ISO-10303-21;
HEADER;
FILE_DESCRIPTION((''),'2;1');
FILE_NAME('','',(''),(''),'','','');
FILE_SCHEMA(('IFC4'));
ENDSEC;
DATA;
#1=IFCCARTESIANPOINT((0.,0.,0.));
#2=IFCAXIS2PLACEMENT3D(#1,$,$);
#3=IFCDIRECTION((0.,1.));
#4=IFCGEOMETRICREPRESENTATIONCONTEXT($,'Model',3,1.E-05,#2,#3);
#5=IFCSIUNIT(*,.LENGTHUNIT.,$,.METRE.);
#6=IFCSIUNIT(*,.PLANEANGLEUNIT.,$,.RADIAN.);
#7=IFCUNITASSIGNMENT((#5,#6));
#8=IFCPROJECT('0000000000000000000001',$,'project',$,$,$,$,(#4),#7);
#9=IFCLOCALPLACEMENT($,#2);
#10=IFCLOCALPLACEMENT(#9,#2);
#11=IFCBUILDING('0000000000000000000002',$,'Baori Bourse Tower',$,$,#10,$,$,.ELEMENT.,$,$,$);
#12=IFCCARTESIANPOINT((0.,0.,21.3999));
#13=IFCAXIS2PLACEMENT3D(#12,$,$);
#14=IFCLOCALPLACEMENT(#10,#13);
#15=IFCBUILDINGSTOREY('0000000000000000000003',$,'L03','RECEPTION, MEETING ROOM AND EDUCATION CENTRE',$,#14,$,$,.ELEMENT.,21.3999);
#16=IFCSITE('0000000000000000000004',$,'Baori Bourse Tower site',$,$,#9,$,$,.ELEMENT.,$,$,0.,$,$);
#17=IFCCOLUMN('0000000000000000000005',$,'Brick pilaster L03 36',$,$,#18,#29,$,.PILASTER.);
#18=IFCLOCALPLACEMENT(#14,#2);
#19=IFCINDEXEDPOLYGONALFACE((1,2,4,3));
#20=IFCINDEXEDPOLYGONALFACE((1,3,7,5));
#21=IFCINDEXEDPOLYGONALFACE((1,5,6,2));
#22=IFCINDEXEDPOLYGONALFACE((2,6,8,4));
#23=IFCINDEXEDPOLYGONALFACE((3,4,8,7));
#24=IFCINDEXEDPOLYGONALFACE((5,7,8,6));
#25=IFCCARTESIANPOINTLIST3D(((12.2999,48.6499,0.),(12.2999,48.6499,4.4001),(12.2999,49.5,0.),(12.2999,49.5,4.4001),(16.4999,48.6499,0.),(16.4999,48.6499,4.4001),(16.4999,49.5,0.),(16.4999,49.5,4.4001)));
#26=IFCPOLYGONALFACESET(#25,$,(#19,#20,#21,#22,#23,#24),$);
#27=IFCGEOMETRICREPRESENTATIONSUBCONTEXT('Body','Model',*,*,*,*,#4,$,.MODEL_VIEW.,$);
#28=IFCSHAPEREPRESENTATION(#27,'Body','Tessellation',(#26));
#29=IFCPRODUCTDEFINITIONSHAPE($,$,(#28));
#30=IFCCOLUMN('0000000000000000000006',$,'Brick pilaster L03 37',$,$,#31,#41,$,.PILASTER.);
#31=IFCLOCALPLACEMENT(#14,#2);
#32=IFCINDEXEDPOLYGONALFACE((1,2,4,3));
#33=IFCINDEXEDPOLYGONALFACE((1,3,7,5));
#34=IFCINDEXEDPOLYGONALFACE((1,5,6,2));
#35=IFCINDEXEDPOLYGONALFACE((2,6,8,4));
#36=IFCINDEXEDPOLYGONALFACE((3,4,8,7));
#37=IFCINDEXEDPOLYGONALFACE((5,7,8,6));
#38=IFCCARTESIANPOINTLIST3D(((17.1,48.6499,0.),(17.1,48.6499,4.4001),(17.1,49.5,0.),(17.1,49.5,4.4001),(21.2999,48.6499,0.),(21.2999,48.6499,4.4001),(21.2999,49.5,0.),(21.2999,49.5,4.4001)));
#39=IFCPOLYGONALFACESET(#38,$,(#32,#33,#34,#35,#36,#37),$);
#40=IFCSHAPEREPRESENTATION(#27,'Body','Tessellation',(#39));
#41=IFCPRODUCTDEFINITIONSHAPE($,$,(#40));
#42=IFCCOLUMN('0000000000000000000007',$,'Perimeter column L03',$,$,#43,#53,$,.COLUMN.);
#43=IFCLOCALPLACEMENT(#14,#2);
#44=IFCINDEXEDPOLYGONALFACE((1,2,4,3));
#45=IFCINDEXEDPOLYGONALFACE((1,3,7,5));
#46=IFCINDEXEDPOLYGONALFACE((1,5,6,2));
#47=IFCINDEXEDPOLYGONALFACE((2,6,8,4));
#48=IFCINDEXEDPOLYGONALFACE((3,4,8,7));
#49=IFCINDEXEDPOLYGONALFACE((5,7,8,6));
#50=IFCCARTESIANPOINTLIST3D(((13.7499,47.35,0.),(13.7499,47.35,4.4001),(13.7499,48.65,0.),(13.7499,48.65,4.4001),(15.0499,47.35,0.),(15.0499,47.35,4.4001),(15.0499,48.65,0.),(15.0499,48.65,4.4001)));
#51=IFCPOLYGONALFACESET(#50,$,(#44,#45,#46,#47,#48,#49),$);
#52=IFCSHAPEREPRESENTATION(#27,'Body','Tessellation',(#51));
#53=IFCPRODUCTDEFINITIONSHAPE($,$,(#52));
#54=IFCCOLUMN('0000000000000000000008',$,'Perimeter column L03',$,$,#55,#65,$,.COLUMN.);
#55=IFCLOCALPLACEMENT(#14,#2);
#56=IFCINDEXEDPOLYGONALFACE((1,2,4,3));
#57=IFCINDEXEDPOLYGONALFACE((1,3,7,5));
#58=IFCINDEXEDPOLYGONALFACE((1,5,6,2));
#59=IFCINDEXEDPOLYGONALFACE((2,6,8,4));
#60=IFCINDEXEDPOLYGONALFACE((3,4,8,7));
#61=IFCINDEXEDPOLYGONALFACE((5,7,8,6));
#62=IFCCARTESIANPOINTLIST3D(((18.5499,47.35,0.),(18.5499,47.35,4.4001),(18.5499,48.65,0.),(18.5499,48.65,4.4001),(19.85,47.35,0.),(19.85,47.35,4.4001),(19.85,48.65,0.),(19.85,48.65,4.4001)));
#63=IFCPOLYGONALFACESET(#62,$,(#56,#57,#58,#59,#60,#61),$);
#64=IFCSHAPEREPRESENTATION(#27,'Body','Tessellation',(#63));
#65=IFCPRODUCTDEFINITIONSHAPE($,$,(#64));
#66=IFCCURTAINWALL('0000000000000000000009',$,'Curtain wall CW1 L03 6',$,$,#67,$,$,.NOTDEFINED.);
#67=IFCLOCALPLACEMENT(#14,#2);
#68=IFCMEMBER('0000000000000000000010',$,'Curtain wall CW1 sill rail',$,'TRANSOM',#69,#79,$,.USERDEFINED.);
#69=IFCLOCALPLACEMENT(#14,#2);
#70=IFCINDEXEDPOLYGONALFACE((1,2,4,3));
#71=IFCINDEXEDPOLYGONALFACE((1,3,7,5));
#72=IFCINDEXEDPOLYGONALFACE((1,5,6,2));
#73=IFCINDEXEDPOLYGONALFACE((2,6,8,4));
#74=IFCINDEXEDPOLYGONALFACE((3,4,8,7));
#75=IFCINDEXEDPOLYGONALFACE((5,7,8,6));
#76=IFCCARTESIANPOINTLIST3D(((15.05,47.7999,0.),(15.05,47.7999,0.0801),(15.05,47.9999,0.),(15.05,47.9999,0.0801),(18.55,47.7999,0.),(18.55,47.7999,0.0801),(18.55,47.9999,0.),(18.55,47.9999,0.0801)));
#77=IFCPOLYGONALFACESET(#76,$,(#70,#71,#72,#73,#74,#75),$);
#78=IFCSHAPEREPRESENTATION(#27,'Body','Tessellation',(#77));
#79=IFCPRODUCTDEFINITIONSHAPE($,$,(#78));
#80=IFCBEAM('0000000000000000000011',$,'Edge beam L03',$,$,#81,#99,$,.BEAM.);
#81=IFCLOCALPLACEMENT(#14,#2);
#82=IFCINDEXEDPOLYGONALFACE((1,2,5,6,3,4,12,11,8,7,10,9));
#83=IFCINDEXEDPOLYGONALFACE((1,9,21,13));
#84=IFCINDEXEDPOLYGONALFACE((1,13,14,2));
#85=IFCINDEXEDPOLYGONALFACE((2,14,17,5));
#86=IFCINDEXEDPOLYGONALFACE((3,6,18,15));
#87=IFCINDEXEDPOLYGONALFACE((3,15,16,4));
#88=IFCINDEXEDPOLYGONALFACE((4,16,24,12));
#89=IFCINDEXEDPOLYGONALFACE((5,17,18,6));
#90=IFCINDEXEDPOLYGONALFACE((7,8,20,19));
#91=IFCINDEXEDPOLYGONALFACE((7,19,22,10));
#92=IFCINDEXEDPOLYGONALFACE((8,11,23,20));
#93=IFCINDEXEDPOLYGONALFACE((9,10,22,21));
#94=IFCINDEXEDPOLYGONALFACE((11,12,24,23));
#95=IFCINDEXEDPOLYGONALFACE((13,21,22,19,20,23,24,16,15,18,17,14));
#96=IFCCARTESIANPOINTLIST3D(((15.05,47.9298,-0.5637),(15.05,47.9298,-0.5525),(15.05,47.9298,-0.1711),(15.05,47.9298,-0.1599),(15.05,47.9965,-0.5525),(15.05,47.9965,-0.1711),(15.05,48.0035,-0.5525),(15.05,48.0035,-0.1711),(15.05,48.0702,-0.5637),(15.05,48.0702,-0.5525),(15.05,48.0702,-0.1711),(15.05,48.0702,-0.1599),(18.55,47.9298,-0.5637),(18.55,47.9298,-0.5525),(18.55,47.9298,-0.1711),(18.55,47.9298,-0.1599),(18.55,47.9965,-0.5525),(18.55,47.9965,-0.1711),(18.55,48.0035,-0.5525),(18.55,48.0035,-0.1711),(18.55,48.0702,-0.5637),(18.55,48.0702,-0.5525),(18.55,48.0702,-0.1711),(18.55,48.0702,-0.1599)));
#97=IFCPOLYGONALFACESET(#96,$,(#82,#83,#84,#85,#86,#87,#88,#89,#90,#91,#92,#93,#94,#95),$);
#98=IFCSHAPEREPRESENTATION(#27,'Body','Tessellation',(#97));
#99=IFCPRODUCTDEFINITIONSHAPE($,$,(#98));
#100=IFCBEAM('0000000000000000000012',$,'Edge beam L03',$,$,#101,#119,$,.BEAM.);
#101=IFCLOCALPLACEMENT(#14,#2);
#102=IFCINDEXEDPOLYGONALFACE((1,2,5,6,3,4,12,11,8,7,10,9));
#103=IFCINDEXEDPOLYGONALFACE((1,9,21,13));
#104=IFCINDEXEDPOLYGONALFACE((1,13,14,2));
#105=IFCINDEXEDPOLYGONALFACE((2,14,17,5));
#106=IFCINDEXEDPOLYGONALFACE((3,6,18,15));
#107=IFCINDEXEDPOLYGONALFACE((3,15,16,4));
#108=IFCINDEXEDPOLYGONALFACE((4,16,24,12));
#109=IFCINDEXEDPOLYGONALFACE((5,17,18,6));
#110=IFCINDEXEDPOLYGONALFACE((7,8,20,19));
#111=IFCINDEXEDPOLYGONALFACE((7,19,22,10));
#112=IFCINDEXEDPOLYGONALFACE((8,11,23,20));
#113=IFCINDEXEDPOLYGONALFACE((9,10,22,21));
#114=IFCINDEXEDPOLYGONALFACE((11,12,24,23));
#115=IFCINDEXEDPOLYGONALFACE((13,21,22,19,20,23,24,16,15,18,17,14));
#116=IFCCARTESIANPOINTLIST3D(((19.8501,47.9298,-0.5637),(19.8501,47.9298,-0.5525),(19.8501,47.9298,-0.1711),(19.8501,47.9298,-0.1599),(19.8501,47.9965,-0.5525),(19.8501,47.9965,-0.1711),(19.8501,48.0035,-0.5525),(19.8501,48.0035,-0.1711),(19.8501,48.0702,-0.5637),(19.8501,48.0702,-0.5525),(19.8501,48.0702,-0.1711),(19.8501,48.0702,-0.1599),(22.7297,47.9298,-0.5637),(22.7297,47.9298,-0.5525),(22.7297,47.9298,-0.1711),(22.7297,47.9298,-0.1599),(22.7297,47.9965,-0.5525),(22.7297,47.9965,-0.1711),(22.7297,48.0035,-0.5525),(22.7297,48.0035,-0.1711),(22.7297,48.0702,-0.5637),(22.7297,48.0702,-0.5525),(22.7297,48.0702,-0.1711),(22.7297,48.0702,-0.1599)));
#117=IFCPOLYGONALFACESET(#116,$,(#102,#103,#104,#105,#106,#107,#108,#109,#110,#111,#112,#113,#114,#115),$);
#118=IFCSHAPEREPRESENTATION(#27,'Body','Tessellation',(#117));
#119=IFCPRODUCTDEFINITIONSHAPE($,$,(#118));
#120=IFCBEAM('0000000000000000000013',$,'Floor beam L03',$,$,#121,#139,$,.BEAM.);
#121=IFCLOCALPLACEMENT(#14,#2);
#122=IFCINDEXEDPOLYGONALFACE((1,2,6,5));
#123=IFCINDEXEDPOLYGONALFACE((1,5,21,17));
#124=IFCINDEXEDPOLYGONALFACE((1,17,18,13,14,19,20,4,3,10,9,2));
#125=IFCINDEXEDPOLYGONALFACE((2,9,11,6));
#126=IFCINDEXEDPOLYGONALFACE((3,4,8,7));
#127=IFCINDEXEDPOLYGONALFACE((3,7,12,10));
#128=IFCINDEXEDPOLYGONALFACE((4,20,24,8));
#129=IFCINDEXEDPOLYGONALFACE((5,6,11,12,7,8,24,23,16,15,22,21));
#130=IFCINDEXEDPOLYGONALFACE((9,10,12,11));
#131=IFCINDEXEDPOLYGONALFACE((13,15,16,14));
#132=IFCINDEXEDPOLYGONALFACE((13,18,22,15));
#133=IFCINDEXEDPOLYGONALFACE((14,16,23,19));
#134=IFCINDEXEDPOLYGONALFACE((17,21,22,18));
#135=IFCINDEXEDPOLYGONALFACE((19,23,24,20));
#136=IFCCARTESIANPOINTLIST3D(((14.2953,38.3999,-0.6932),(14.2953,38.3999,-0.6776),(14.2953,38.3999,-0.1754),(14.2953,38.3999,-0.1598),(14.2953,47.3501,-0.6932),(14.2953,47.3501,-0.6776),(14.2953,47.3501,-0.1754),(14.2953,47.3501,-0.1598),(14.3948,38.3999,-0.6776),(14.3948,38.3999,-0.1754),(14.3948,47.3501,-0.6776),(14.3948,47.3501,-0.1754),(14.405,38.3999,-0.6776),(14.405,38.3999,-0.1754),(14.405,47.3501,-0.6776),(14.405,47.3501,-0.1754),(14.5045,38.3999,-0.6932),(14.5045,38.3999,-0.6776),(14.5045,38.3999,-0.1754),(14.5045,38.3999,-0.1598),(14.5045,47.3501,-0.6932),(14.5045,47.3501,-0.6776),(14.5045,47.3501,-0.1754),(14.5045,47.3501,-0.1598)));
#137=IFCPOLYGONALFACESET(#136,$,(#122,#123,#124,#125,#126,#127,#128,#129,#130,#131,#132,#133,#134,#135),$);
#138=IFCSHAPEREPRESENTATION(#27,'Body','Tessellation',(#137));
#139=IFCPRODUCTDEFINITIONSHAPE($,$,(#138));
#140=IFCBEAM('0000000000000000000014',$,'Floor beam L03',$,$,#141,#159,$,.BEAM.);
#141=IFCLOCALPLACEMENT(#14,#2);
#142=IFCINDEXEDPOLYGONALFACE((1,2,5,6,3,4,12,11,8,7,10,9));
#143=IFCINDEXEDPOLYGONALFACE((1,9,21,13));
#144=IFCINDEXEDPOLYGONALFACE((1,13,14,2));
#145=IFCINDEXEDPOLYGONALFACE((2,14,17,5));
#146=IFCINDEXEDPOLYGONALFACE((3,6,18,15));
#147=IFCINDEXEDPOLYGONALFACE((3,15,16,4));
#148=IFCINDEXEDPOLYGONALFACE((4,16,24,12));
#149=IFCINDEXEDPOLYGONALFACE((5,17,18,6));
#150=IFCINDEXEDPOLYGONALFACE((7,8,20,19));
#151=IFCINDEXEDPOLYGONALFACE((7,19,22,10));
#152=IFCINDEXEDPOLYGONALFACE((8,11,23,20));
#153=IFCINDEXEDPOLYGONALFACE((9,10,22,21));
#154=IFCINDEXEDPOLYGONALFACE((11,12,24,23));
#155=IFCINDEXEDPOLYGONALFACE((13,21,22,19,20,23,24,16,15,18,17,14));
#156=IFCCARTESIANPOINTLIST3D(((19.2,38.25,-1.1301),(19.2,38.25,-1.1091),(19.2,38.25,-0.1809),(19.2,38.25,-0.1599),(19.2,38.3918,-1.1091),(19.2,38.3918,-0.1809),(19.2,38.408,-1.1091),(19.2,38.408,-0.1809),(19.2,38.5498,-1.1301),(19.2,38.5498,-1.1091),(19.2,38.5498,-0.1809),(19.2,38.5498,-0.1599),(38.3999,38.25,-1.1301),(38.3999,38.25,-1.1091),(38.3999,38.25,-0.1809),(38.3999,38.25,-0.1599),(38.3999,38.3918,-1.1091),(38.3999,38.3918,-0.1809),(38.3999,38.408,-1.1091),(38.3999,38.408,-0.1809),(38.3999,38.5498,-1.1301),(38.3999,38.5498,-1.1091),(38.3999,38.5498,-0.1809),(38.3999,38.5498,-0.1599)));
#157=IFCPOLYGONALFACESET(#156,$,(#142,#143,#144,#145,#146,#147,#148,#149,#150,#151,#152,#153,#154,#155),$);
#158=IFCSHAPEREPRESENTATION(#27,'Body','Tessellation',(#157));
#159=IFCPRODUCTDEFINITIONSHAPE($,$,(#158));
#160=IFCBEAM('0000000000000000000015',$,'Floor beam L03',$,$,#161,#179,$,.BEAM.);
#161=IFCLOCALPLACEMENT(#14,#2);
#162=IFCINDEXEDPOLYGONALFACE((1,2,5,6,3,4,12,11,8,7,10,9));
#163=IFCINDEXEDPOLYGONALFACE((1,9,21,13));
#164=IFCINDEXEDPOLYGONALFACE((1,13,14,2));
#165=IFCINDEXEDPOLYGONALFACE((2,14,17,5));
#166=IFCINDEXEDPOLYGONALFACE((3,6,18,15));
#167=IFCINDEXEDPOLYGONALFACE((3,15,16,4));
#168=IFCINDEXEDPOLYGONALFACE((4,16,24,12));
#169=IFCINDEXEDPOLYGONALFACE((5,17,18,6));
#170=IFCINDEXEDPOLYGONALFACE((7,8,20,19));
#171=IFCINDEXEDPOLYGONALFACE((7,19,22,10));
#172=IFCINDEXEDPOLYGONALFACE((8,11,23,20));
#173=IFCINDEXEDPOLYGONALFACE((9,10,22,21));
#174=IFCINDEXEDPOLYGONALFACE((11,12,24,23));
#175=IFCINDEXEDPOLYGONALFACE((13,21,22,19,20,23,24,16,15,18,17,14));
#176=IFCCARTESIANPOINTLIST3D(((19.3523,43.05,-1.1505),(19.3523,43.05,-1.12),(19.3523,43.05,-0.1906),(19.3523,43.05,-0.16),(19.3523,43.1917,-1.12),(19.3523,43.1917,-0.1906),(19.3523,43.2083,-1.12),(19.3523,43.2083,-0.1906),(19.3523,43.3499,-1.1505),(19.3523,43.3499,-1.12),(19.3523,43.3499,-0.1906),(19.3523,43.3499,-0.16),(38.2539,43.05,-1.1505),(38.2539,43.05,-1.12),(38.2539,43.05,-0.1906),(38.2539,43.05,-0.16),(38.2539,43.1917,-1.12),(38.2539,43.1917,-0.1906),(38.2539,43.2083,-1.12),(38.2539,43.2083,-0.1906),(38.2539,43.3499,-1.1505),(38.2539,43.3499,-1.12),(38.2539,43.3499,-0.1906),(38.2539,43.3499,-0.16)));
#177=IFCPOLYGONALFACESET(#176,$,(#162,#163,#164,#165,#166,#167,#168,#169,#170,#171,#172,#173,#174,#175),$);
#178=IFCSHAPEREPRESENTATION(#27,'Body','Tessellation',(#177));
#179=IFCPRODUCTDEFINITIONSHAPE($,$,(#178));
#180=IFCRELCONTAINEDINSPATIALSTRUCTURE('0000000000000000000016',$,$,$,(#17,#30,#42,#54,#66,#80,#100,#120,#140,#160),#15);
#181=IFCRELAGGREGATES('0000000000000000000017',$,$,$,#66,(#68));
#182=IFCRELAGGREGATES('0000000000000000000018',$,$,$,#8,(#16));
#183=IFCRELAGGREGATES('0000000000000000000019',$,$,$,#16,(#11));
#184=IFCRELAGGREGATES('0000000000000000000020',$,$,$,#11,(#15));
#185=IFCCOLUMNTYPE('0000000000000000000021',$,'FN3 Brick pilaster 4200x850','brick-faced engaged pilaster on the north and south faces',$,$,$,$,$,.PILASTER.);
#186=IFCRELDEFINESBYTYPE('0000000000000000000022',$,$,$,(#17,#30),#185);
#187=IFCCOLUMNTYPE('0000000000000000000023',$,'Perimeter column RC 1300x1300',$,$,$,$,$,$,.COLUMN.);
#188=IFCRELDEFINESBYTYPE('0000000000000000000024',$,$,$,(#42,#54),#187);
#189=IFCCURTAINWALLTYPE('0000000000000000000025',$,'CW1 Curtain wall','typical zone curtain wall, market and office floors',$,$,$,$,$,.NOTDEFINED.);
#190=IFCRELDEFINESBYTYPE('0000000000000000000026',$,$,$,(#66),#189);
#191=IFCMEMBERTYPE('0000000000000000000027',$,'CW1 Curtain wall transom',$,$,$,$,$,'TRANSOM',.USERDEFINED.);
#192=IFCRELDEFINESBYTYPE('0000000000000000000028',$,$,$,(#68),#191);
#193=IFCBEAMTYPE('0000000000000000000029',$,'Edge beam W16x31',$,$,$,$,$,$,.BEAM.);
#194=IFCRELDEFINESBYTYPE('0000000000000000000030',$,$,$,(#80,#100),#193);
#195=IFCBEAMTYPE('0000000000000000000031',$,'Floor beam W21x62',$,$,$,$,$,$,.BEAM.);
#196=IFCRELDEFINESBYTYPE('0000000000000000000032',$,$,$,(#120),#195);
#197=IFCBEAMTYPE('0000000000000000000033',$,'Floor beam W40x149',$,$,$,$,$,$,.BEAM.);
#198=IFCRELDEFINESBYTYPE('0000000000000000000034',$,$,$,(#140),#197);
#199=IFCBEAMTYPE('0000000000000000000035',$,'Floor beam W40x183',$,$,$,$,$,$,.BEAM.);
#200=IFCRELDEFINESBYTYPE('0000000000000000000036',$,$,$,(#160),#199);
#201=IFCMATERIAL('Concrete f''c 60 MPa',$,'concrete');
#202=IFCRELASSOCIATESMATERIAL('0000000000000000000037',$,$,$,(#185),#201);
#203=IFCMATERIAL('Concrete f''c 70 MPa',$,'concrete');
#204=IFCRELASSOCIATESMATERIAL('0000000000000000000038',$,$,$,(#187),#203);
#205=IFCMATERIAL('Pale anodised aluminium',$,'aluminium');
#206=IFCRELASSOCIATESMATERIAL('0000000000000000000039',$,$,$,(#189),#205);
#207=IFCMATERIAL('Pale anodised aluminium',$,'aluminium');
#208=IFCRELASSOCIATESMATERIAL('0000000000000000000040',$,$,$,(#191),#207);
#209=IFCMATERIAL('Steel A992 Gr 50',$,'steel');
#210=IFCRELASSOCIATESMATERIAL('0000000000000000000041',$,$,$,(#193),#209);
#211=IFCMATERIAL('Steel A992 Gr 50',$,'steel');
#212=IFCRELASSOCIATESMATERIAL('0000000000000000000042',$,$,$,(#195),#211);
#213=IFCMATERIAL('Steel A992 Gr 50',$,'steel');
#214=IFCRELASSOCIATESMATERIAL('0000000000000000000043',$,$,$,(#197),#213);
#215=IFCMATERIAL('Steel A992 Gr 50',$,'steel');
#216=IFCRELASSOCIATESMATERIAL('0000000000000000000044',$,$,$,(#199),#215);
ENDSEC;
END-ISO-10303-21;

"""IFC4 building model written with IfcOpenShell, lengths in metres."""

from ifc_helpers import new_model, si_unit, direction, frame, origin, origin_2d, place, context, subcontext, project, spatial, rectangle, i_section, extrude, material, material_profile, profile_set, type_object, element, aggregate, save


model = new_model("IFC4")

# Units and contexts
model_context = context("Model", 3, precision=1e-05, world=origin(), true_north=direction((0.0, 1.0)))
body_context = subcontext(model_context, "Body", "Model", "MODEL_VIEW")
ifc_project = project(units=[si_unit("LENGTHUNIT", "METRE"), si_unit("PLANEANGLEUNIT", "RADIAN")], contexts=[model_context])

# Site, building, storey
site_placement = place(None, origin())
site = spatial("IfcSite", under=ifc_project, at=site_placement, Name="Baori Bourse Tower site", CompositionType="ELEMENT", RefElevation=0.0)
building_placement = place(site_placement, origin())
building = spatial("IfcBuilding", under=site, at=building_placement, Name="Baori Bourse Tower", CompositionType="ELEMENT")
storey_placement = place(building_placement, frame((0.0, 0.0, 21.3999)))
storey = spatial("IfcBuildingStorey", under=building, at=storey_placement, Name="L03", Description="RECEPTION, MEETING ROOM AND EDUCATION CENTRE", CompositionType="ELEMENT", Elevation=21.3999)

# Columns
ifc_material_1 = material(Name="Concrete f'c 60 MPa", Category="concrete")
ifc_material_profile_1 = material_profile(ifc_material_1, rectangle(XDim=4.2, YDim=0.8501, at=origin_2d()), Name="RC 4200x850")
ifc_profile_set_1 = profile_set([ifc_material_profile_1], Name="Concrete f'c 60 MPa")
column_type_1 = type_object("IfcColumnType", Name="FN3 Brick pilaster 4200x850", Description="brick-faced engaged pilaster on the north and south faces", PredefinedType="PILASTER", material=ifc_profile_set_1)
for number, where, z_axis, x_axis, name in (
    (1, (14.3999, 49.075, 0.0), (0.0, 0.0, 1.0), (1.0, 0.0, 0.0), "Brick pilaster L03 36"),
    (2, (19.2, 49.075, 0.0), (0.0, 0.0, 1.0), (1.0, 0.0, 0.0), "Brick pilaster L03 37"),
):
    element("IfcColumn", number, at=place(storey_placement, frame(where, z_axis=z_axis, x_axis=x_axis)), inside=storey, type_object=column_type_1, Name=name, PredefinedType="PILASTER", context=body_context, shape_type="SweptSolid", body=[
        extrude(rectangle(XDim=4.2, YDim=0.8501, at=origin_2d()), origin(), (0.0, 0.0, 1.0), 4.4001),
    ])
ifc_material_2 = material(Name="Concrete f'c 70 MPa", Category="concrete")
ifc_material_profile_2 = material_profile(ifc_material_2, rectangle(XDim=1.3, YDim=1.3, at=origin_2d()), Name="RC 1300x1300")
ifc_profile_set_2 = profile_set([ifc_material_profile_2], Name="Concrete f'c 70 MPa")
column_type_2 = type_object("IfcColumnType", Name="Perimeter column RC 1300x1300", PredefinedType="COLUMN", material=ifc_profile_set_2)
for number, where, z_axis, x_axis, name in (
    (3, (14.3999, 48.0, 0.0), (0.0, 0.0, 1.0), (1.0, 0.0, 0.0), "Perimeter column L03"),
    (4, (19.2, 48.0, 0.0), (0.0, 0.0, 1.0), (1.0, 0.0, 0.0), "Perimeter column L03"),
):
    element("IfcColumn", number, at=place(storey_placement, frame(where, z_axis=z_axis, x_axis=x_axis)), inside=storey, type_object=column_type_2, Name=name, PredefinedType="COLUMN", context=body_context, shape_type="SweptSolid", body=[
        extrude(rectangle(XDim=1.3, YDim=1.3, at=origin_2d()), origin(), (0.0, 0.0, 1.0), 4.4001),
    ])

# Curtain wall, member
ifc_material_3 = material(Name="Pale anodised aluminium", Category="aluminium")
curtain_wall_type = type_object("IfcCurtainWallType", Name="CW1 Curtain wall", Description="typical zone curtain wall, market and office floors", PredefinedType="NOTDEFINED", material=ifc_material_3)
curtain_wall_placement = place(storey_placement, origin())
curtain_wall = element("IfcCurtainWall", 5, at=curtain_wall_placement, inside=storey, type_object=curtain_wall_type, Name="Curtain wall CW1 L03 6", PredefinedType="NOTDEFINED")
ifc_material_4 = material(Name="Pale anodised aluminium", Category="aluminium")
ifc_material_profile_3 = material_profile(ifc_material_4, rectangle(XDim=0.2, YDim=0.0801, at=origin_2d()), Name="Transom 80x200")
ifc_profile_set_3 = profile_set([ifc_material_profile_3], Name="Pale anodised aluminium")
member_type = type_object("IfcMemberType", Name="CW1 Curtain wall transom", ElementType="TRANSOM", PredefinedType="USERDEFINED", material=ifc_profile_set_3)
member_placement = place(storey_placement, frame((18.55, 47.8999, 0.04), z_axis=(-1.0, 0.0, 0.0), x_axis=(0.0, -1.0, 0.0)))
member = element("IfcMember", 6, at=member_placement, type_object=member_type, Name="Curtain wall CW1 sill rail", ObjectType="TRANSOM", PredefinedType="USERDEFINED", context=body_context, shape_type="SweptSolid", body=[
    extrude(rectangle(XDim=0.2, YDim=0.0801, at=origin_2d()), origin(), (0.0, 0.0, 1.0), 3.5),
])

# Beams
ifc_material_5 = material(Name="Steel A992 Gr 50", Category="steel")
ifc_material_profile_4 = material_profile(ifc_material_5, i_section(OverallWidth=0.1404, OverallDepth=0.4038, WebThickness=0.0071, FlangeThickness=0.0112, at=origin_2d()), Name="W16x31")
ifc_profile_set_4 = profile_set([ifc_material_profile_4], Name="Steel A992 Gr 50")
beam_type_1 = type_object("IfcBeamType", Name="Edge beam W16x31", PredefinedType="BEAM", material=ifc_profile_set_4)
beam_1_placement = place(storey_placement, frame((15.05, 48.0, -0.3618), z_axis=(1.0, 0.0, 0.0), x_axis=(0.0, 1.0, 0.0)))
element("IfcBeam", 7, at=beam_1_placement, inside=storey, type_object=beam_type_1, Name="Edge beam L03", PredefinedType="BEAM", context=body_context, shape_type="SweptSolid", body=[
    extrude(i_section(OverallWidth=0.1404, OverallDepth=0.4038, WebThickness=0.0071, FlangeThickness=0.0112, at=origin_2d()), origin(), (0.0, 0.0, 1.0), 3.5),
])
beam_2_placement = place(storey_placement, frame((19.8501, 48.0, -0.3618), z_axis=(1.0, 0.0, 0.0), x_axis=(0.0, 1.0, 0.0)))
element("IfcBeam", 8, at=beam_2_placement, inside=storey, type_object=beam_type_1, Name="Edge beam L03", PredefinedType="BEAM", context=body_context, shape_type="SweptSolid", body=[
    extrude(i_section(OverallWidth=0.1404, OverallDepth=0.4038, WebThickness=0.0071, FlangeThickness=0.0112, at=origin_2d()), origin(), (0.0, 0.0, 1.0), 2.8796),
])
ifc_material_6 = material(Name="Steel A992 Gr 50", Category="steel")
ifc_material_profile_5 = material_profile(ifc_material_6, i_section(OverallWidth=0.2092, OverallDepth=0.5334, WebThickness=0.0103, FlangeThickness=0.0156, at=origin_2d()), Name="W21x62")
ifc_profile_set_5 = profile_set([ifc_material_profile_5], Name="Steel A992 Gr 50")
beam_type_2 = type_object("IfcBeamType", Name="Floor beam W21x62", PredefinedType="BEAM", material=ifc_profile_set_5)
beam_3_placement = place(storey_placement, frame((14.3999, 38.3999, -0.4265), z_axis=(0.0, 1.0, 0.0), x_axis=(-1.0, 0.0, 0.0)))
element("IfcBeam", 9, at=beam_3_placement, inside=storey, type_object=beam_type_2, Name="Floor beam L03", PredefinedType="BEAM", context=body_context, shape_type="SweptSolid", body=[
    extrude(i_section(OverallWidth=0.2092, OverallDepth=0.5334, WebThickness=0.0103, FlangeThickness=0.0156, at=origin_2d()), origin(), (0.0, 0.0, 1.0), 8.9502),
])
ifc_material_7 = material(Name="Steel A992 Gr 50", Category="steel")
ifc_material_profile_6 = material_profile(ifc_material_7, i_section(OverallWidth=0.2998, OverallDepth=0.9702, WebThickness=0.0161, FlangeThickness=0.021, at=origin_2d()), Name="W40x149")
ifc_profile_set_6 = profile_set([ifc_material_profile_6], Name="Steel A992 Gr 50")
beam_type_3 = type_object("IfcBeamType", Name="Floor beam W40x149", PredefinedType="BEAM", material=ifc_profile_set_6)
beam_4_placement = place(storey_placement, frame((19.2, 38.3999, -0.645), z_axis=(1.0, 0.0, 0.0), x_axis=(0.0, 1.0, 0.0)))
element("IfcBeam", 10, at=beam_4_placement, inside=storey, type_object=beam_type_3, Name="Floor beam L03", PredefinedType="BEAM", context=body_context, shape_type="SweptSolid", body=[
    extrude(i_section(OverallWidth=0.2998, OverallDepth=0.9702, WebThickness=0.0161, FlangeThickness=0.021, at=origin_2d()), origin(), (0.0, 0.0, 1.0), 19.2),
])
ifc_material_8 = material(Name="Steel A992 Gr 50", Category="steel")
ifc_material_profile_7 = material_profile(ifc_material_8, i_section(OverallWidth=0.2998, OverallDepth=0.9905, WebThickness=0.0166, FlangeThickness=0.0305, at=origin_2d()), Name="W40x183")
ifc_profile_set_7 = profile_set([ifc_material_profile_7], Name="Steel A992 Gr 50")
beam_type_4 = type_object("IfcBeamType", Name="Floor beam W40x183", PredefinedType="BEAM", material=ifc_profile_set_7)
beam_5_placement = place(storey_placement, frame((19.3523, 43.2, -0.6553), z_axis=(1.0, 0.0, 0.0), x_axis=(0.0, 1.0, 0.0)))
element("IfcBeam", 11, at=beam_5_placement, inside=storey, type_object=beam_type_4, Name="Floor beam L03", PredefinedType="BEAM", context=body_context, shape_type="SweptSolid", body=[
    extrude(i_section(OverallWidth=0.2998, OverallDepth=0.9905, WebThickness=0.0166, FlangeThickness=0.0305, at=origin_2d()), origin(), (0.0, 0.0, 1.0), 18.9016),
])

aggregate(curtain_wall, [member])

save(model, "model.ifc")
